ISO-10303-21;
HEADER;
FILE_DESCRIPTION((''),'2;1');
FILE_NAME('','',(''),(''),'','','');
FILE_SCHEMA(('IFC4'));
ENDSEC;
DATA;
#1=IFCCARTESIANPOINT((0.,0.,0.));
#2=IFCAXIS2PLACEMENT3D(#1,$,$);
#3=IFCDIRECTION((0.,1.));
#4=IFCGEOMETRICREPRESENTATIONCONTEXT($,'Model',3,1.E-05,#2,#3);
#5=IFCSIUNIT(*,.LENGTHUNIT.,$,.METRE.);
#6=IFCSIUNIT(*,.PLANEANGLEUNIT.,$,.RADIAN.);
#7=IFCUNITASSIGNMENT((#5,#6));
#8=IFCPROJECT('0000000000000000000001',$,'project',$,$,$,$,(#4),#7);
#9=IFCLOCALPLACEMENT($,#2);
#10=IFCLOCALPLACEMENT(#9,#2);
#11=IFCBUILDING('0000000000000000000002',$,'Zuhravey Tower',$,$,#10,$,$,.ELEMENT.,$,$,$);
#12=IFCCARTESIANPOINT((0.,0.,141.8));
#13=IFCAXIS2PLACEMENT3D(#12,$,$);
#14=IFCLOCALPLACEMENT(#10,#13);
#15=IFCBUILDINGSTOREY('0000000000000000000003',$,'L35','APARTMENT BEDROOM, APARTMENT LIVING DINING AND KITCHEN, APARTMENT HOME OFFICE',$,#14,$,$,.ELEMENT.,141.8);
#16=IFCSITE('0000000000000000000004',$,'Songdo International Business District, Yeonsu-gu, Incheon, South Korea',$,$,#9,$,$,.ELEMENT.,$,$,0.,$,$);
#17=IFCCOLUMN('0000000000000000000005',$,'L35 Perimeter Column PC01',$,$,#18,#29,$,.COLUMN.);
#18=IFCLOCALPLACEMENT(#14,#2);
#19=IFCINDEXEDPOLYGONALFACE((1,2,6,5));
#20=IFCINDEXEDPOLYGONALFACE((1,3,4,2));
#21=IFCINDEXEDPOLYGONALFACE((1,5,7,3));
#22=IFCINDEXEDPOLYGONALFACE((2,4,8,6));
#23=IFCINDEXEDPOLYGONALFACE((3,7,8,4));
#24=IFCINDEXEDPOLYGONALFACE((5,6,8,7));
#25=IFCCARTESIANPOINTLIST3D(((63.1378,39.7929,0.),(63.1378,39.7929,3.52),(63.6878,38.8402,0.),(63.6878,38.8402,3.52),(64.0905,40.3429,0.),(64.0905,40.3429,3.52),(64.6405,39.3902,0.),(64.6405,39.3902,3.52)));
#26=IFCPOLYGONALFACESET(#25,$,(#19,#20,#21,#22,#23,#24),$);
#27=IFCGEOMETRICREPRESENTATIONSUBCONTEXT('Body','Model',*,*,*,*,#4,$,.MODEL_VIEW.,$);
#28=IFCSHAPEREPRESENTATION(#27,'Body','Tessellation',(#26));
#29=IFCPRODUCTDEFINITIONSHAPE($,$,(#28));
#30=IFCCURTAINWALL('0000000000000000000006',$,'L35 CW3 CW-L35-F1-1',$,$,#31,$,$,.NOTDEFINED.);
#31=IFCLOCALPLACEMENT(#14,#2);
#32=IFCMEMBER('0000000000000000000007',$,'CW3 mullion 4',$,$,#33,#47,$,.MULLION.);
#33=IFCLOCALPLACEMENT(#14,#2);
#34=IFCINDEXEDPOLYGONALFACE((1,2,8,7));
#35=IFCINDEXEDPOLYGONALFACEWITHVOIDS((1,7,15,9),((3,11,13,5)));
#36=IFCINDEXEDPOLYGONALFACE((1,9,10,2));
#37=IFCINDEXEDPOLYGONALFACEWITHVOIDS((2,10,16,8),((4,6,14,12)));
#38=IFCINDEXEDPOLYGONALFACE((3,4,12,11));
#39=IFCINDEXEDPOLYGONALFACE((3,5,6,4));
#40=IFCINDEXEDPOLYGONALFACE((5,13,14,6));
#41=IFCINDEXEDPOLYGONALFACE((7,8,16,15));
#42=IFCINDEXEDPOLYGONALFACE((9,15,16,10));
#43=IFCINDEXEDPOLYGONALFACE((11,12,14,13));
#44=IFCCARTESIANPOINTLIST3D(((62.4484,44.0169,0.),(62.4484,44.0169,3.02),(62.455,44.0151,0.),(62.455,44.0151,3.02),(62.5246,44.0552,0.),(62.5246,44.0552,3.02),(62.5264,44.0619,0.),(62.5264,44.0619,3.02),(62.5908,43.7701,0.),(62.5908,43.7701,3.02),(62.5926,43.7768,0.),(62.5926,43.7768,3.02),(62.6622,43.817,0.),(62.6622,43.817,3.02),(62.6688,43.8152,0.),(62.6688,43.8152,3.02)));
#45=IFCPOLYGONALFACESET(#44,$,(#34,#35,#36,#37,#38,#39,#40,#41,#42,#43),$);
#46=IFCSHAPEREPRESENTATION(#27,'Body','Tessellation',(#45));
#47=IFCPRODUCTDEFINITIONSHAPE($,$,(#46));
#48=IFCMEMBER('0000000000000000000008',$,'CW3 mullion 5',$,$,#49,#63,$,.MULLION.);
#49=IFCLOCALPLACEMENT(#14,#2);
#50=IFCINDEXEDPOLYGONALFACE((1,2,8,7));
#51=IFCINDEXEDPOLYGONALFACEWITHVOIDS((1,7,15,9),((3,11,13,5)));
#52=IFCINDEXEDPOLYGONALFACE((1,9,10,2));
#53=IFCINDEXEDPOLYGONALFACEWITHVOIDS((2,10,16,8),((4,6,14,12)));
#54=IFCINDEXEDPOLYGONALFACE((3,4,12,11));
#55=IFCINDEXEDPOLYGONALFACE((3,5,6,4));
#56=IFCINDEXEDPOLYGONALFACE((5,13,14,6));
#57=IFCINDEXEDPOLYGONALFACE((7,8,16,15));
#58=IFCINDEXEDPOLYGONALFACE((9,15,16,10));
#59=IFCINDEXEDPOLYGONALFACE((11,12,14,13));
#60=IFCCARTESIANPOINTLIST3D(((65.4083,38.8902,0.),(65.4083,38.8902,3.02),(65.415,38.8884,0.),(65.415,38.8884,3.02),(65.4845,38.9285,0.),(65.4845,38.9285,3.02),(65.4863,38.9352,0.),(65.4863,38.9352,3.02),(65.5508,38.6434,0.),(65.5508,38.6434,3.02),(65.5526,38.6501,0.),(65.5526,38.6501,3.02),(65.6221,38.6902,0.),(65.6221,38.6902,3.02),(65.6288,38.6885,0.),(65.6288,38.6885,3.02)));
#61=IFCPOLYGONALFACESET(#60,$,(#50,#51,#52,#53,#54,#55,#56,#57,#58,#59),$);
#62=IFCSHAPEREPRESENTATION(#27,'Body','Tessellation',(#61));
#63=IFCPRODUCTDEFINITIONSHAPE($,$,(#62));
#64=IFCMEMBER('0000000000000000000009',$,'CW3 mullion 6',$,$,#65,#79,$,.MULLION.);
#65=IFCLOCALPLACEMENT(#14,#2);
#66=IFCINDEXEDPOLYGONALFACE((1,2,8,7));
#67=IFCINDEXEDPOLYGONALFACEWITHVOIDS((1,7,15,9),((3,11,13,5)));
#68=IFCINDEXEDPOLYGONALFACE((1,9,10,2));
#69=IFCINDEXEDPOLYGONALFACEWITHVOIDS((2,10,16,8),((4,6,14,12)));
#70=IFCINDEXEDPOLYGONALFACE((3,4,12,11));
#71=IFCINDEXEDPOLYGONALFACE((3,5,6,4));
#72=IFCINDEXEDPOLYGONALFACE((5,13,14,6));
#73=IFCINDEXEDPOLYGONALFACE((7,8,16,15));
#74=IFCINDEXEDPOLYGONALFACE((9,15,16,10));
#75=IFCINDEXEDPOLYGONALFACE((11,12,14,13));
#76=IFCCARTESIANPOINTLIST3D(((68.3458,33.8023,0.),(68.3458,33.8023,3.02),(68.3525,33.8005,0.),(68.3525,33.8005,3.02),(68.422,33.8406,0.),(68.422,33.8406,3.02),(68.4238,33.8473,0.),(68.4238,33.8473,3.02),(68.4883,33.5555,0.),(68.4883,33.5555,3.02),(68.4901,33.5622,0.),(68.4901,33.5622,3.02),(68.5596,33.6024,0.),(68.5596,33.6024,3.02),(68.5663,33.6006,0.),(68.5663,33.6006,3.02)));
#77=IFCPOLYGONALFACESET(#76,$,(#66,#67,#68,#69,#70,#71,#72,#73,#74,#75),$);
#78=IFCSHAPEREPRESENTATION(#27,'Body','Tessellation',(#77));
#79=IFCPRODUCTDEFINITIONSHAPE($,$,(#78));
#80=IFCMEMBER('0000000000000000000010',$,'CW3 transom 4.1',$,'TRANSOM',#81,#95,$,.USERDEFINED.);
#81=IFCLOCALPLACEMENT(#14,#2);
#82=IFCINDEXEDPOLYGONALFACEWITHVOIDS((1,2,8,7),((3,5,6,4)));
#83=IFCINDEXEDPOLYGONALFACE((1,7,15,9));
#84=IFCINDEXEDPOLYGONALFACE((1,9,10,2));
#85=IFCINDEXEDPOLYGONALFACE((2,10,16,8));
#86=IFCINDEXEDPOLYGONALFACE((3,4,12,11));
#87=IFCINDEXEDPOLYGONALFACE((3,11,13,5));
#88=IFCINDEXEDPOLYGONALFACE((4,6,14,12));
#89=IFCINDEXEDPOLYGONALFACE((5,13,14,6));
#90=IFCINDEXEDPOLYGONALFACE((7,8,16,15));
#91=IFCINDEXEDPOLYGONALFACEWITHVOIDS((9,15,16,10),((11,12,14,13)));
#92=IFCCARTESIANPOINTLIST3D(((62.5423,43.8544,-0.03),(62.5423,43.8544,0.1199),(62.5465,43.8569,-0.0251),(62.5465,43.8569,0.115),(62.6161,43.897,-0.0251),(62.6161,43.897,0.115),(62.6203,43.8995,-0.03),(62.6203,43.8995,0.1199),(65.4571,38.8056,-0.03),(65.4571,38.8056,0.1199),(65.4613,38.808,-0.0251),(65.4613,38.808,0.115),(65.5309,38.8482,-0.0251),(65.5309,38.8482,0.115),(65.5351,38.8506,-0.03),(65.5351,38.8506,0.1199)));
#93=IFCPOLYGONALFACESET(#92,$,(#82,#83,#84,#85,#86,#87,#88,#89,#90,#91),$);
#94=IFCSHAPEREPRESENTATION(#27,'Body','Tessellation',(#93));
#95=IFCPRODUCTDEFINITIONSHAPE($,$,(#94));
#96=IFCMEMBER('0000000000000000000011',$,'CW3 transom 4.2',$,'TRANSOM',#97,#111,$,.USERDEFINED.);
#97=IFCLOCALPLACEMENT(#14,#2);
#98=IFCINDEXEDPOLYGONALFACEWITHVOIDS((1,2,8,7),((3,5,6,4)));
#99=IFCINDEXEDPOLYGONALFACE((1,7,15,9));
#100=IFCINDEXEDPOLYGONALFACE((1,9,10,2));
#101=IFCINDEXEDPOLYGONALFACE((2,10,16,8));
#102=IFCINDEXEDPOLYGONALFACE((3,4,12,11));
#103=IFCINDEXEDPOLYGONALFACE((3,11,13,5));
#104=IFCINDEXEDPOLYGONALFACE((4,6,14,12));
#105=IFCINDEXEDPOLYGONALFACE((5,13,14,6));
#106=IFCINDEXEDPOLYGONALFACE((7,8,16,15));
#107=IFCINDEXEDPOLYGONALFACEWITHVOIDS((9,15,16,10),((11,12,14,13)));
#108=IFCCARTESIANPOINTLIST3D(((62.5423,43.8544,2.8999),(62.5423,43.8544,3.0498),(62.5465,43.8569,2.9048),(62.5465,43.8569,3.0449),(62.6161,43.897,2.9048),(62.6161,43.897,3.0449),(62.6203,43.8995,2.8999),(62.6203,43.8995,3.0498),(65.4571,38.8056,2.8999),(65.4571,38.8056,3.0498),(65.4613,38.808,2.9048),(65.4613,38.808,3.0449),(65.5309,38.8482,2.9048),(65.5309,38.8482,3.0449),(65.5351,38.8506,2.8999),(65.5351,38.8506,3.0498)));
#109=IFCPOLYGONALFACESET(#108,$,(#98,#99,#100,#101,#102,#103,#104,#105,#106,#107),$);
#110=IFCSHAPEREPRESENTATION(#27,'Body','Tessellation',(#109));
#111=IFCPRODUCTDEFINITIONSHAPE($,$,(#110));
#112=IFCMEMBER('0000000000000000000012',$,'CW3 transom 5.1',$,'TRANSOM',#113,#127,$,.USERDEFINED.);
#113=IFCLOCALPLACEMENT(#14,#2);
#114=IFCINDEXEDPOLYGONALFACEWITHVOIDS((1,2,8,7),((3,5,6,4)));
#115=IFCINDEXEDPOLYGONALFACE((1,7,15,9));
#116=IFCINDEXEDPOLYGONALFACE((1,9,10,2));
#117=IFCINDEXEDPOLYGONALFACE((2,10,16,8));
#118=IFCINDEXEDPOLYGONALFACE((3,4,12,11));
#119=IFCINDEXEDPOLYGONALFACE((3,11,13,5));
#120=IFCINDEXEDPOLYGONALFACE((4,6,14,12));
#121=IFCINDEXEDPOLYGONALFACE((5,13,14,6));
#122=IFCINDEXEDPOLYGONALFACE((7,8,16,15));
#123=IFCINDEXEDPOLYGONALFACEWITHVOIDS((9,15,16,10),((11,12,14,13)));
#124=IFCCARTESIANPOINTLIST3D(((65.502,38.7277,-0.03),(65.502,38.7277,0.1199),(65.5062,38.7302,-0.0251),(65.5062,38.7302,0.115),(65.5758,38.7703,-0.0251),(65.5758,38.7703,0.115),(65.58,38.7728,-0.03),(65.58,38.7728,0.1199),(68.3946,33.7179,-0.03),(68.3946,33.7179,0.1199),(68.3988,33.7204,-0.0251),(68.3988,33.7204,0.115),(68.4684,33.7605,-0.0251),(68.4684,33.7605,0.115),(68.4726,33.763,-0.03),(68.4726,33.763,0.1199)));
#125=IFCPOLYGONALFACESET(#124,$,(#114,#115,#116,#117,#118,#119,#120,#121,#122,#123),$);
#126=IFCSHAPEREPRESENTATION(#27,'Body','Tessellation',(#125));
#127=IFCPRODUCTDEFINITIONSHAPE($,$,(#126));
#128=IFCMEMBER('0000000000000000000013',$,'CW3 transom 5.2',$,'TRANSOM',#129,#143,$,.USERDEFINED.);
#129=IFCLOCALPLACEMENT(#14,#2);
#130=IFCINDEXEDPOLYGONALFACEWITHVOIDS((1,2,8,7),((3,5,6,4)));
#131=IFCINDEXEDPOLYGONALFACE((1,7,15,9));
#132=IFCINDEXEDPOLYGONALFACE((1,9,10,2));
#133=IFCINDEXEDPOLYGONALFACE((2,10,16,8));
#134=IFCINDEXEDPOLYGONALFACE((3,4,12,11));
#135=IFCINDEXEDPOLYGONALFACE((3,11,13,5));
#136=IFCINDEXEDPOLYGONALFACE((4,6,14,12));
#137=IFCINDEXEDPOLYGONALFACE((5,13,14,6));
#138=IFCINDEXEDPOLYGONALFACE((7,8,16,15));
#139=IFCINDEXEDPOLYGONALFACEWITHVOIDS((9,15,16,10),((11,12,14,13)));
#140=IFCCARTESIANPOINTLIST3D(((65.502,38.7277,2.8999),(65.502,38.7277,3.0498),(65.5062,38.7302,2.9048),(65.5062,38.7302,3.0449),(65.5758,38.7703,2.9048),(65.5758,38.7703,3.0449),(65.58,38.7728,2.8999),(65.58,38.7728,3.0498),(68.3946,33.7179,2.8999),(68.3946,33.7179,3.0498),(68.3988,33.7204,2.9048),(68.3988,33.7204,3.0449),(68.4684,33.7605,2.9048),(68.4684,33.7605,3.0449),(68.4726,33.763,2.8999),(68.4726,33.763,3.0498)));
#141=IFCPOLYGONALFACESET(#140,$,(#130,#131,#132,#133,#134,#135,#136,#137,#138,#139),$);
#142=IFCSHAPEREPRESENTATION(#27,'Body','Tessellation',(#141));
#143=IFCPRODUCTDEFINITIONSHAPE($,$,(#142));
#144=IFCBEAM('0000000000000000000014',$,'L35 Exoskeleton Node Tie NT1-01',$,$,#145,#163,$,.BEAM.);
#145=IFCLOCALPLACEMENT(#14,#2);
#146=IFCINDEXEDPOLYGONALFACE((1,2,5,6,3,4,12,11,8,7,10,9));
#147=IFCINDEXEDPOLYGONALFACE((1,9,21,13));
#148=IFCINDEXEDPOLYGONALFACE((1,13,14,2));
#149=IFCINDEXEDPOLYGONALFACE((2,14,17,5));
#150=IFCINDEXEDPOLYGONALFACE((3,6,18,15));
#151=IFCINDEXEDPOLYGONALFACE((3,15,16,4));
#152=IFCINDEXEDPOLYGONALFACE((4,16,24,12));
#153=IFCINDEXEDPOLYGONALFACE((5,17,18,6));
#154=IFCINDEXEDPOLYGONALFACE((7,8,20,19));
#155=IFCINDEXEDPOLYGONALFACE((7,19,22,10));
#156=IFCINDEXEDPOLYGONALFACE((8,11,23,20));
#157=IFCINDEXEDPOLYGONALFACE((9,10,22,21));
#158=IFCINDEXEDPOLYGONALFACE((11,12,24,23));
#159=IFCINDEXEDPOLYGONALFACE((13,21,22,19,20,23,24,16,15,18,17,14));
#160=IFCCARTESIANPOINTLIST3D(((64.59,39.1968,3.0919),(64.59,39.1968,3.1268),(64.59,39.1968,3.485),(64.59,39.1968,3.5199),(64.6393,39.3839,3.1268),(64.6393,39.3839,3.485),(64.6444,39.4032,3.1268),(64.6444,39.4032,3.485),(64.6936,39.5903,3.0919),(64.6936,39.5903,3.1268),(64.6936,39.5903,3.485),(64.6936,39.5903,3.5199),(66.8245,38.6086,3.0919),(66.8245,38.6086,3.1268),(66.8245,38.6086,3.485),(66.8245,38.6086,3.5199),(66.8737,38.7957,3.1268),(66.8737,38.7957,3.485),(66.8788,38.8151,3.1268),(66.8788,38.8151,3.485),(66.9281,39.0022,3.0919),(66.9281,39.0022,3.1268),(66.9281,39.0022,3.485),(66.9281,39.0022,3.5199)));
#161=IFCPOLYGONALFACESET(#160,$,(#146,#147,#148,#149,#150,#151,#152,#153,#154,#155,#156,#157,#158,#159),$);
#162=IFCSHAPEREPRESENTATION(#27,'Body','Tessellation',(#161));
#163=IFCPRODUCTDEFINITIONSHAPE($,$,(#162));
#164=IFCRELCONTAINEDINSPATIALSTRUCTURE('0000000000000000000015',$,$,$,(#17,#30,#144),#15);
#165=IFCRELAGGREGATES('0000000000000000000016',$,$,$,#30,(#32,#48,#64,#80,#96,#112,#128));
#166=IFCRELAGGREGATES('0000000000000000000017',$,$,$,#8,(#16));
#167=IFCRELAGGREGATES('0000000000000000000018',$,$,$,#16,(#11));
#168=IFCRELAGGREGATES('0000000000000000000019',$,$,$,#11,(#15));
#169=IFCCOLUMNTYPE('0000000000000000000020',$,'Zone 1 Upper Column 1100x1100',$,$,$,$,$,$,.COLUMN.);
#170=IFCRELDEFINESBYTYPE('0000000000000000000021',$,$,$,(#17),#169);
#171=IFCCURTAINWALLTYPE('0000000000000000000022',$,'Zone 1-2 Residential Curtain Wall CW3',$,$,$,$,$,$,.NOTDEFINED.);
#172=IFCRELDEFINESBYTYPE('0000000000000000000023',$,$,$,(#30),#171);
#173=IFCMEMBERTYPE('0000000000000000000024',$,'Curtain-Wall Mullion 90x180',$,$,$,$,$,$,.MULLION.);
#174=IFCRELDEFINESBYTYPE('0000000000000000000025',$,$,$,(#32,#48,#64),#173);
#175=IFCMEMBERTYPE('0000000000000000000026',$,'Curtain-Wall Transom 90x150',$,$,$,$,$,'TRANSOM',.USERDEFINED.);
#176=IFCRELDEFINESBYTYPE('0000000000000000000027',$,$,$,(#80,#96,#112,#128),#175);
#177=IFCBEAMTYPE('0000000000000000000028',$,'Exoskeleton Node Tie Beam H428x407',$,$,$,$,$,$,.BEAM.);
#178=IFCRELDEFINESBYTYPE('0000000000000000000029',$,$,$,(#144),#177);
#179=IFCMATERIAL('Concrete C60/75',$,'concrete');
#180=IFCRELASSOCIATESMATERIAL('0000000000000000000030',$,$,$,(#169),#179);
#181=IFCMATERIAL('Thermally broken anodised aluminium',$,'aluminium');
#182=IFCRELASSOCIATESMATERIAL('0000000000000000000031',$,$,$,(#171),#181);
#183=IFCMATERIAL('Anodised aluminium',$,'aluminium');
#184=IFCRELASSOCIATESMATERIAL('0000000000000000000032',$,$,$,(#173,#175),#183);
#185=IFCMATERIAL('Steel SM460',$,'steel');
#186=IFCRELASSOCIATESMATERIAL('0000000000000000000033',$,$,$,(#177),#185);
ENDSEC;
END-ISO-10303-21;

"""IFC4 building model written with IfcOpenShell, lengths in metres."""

from ifc_helpers import new_model, si_unit, direction, frame, origin, origin_2d, place, context, subcontext, project, spatial, rectangle, hollow_rectangle, i_section, extrude, material, material_profile, profile_set, type_object, element, aggregate, save


model = new_model("IFC4")

# Units and contexts
model_context = context("Model", 3, precision=1e-05, world=origin(), true_north=direction((0.0, 1.0)))
body_context = subcontext(model_context, "Body", "Model", "MODEL_VIEW")
ifc_project = project(units=[si_unit("LENGTHUNIT", "METRE"), si_unit("PLANEANGLEUNIT", "RADIAN")], contexts=[model_context])

# Site, building, storey
site_placement = place(None, origin())
site = spatial("IfcSite", under=ifc_project, at=site_placement, Name="Songdo International Business District, Yeonsu-gu, Incheon, South Korea", CompositionType="ELEMENT", RefElevation=0.0)
building_placement = place(site_placement, origin())
building = spatial("IfcBuilding", under=site, at=building_placement, Name="Zuhravey Tower", CompositionType="ELEMENT")
storey_placement = place(building_placement, frame((0.0, 0.0, 141.8)))
storey = spatial("IfcBuildingStorey", under=building, at=storey_placement, Name="L35", Description="APARTMENT BEDROOM, APARTMENT LIVING DINING AND KITCHEN, APARTMENT HOME OFFICE", CompositionType="ELEMENT", Elevation=141.8)

# Column
ifc_material_1 = material(Name="Concrete C60/75", Category="concrete")
ifc_material_profile_1 = material_profile(ifc_material_1, rectangle(XDim=1.1001, YDim=1.1001, at=origin_2d()), Name="RC-1100x1100")
ifc_profile_set_1 = profile_set([ifc_material_profile_1], Name="Concrete C60/75")
column_type = type_object("IfcColumnType", Name="Zone 1 Upper Column 1100x1100", PredefinedType="COLUMN", material=ifc_profile_set_1)
column_placement = place(storey_placement, frame((63.8892, 39.5916, 0.0), z_axis=(0.0, 0.0, 1.0), x_axis=(-0.5, 0.866025, 0.0)))
element("IfcColumn", 1, at=column_placement, inside=storey, type_object=column_type, Name="L35 Perimeter Column PC01", PredefinedType="COLUMN", context=body_context, shape_type="SweptSolid", body=[
    extrude(rectangle(XDim=1.1001, YDim=1.1001, at=origin_2d()), origin(), (0.0, 0.0, 1.0), 3.52),
])

# Curtain wall, members
ifc_material_2 = material(Name="Thermally broken anodised aluminium", Category="aluminium")
curtain_wall_type = type_object("IfcCurtainWallType", Name="Zone 1-2 Residential Curtain Wall CW3", PredefinedType="NOTDEFINED", material=ifc_material_2)
curtain_wall_placement = place(storey_placement, origin())
curtain_wall = element("IfcCurtainWall", 2, at=curtain_wall_placement, inside=storey, type_object=curtain_wall_type, Name="L35 CW3 CW-L35-F1-1", PredefinedType="NOTDEFINED")
ifc_material_3 = material(Name="Anodised aluminium", Category="aluminium")
ifc_material_profile_2 = material_profile(ifc_material_3, hollow_rectangle(XDim=0.0901, YDim=0.2849, WallThickness=0.0049, at=origin_2d()), Name="ALU-RHS-90x285x5")
ifc_profile_set_2 = profile_set([ifc_material_profile_2], Name="Anodised aluminium")
member_type_1 = type_object("IfcMemberType", Name="Curtain-Wall Mullion 90x180", PredefinedType="MULLION", material=ifc_profile_set_2)
member_1_placement = place(storey_placement, frame((62.5586, 43.916, 0.0), z_axis=(0.0, 0.0, 1.0), x_axis=(0.866026, 0.5, 0.0)))
member_1 = element("IfcMember", 3, at=member_1_placement, type_object=member_type_1, Name="CW3 mullion 4", PredefinedType="MULLION", context=body_context, shape_type="SweptSolid", body=[
    extrude(hollow_rectangle(XDim=0.0901, YDim=0.2849, WallThickness=0.0049, at=origin_2d()), origin(), (0.0, 0.0, 1.0), 3.02),
])
member_2_placement = place(storey_placement, frame((65.5186, 38.7893, 0.0), z_axis=(0.0, 0.0, 1.0), x_axis=(0.866026, 0.5, 0.0)))
member_2 = element("IfcMember", 4, at=member_2_placement, type_object=member_type_1, Name="CW3 mullion 5", PredefinedType="MULLION", context=body_context, shape_type="SweptSolid", body=[
    extrude(hollow_rectangle(XDim=0.0901, YDim=0.2849, WallThickness=0.0049, at=origin_2d()), origin(), (0.0, 0.0, 1.0), 3.02),
])
member_3_placement = place(storey_placement, frame((68.4561, 33.7014, 0.0), z_axis=(0.0, 0.0, 1.0), x_axis=(0.866026, 0.5, 0.0)))
member_3 = element("IfcMember", 5, at=member_3_placement, type_object=member_type_1, Name="CW3 mullion 6", PredefinedType="MULLION", context=body_context, shape_type="SweptSolid", body=[
    extrude(hollow_rectangle(XDim=0.0901, YDim=0.2849, WallThickness=0.0049, at=origin_2d()), origin(), (0.0, 0.0, 1.0), 3.02),
])
ifc_material_profile_3 = material_profile(ifc_material_3, hollow_rectangle(XDim=0.0901, YDim=0.1499, WallThickness=0.0049, at=origin_2d()), Name="ALU-RHS-90x150x5")
ifc_profile_set_3 = profile_set([ifc_material_profile_3], Name="Anodised aluminium")
member_type_2 = type_object("IfcMemberType", Name="Curtain-Wall Transom 90x150", ElementType="TRANSOM", PredefinedType="USERDEFINED", material=ifc_profile_set_3)
member_4_placement = place(storey_placement, frame((62.5813, 43.877, 0.0449), z_axis=(0.499981, -0.866036, 0.0), x_axis=(0.866036, 0.499981, 0.0)))
member_4 = element("IfcMember", 6, at=member_4_placement, type_object=member_type_2, Name="CW3 transom 4.1", ObjectType="TRANSOM", PredefinedType="USERDEFINED", context=body_context, shape_type="SweptSolid", body=[
    extrude(hollow_rectangle(XDim=0.0901, YDim=0.1499, WallThickness=0.0049, at=origin_2d()), origin(), (0.0, 0.0, 1.0), 5.8298),
])
member_5_placement = place(storey_placement, frame((62.5813, 43.877, 2.9749), z_axis=(0.499981, -0.866036, 0.0), x_axis=(0.866036, 0.499981, 0.0)))
member_5 = element("IfcMember", 7, at=member_5_placement, type_object=member_type_2, Name="CW3 transom 4.2", ObjectType="TRANSOM", PredefinedType="USERDEFINED", context=body_context, shape_type="SweptSolid", body=[
    extrude(hollow_rectangle(XDim=0.0901, YDim=0.1499, WallThickness=0.0049, at=origin_2d()), origin(), (0.0, 0.0, 1.0), 5.8298),
])
member_6_placement = place(storey_placement, frame((65.541, 38.7502, 0.0449), z_axis=(0.500024, -0.866011, 0.0), x_axis=(0.866011, 0.500024, 0.0)))
member_6 = element("IfcMember", 8, at=member_6_placement, type_object=member_type_2, Name="CW3 transom 5.1", ObjectType="TRANSOM", PredefinedType="USERDEFINED", context=body_context, shape_type="SweptSolid", body=[
    extrude(hollow_rectangle(XDim=0.0901, YDim=0.1499, WallThickness=0.0049, at=origin_2d()), origin(), (0.0, 0.0, 1.0), 5.7849),
])
member_7_placement = place(storey_placement, frame((65.541, 38.7502, 2.9749), z_axis=(0.500024, -0.866011, 0.0), x_axis=(0.866011, 0.500024, 0.0)))
member_7 = element("IfcMember", 9, at=member_7_placement, type_object=member_type_2, Name="CW3 transom 5.2", ObjectType="TRANSOM", PredefinedType="USERDEFINED", context=body_context, shape_type="SweptSolid", body=[
    extrude(hollow_rectangle(XDim=0.0901, YDim=0.1499, WallThickness=0.0049, at=origin_2d()), origin(), (0.0, 0.0, 1.0), 5.7849),
])

# Beam
ifc_material_4 = material(Name="Steel SM460", Category="steel")
ifc_material_profile_4 = material_profile(ifc_material_4, i_section(OverallWidth=0.407, OverallDepth=0.428, WebThickness=0.02, FlangeThickness=0.0349, at=origin_2d()), Name="H-428x407x20x35")
ifc_profile_set_4 = profile_set([ifc_material_profile_4], Name="Steel SM460")
beam_type_1 = type_object("IfcBeamType", Name="Exoskeleton Node Tie Beam H428x407", PredefinedType="BEAM", material=ifc_profile_set_4)
beam_1_placement = place(storey_placement, frame((64.6418, 39.3936, 3.3059), z_axis=(0.967059, -0.254551, 0.0), x_axis=(0.254551, 0.967059, 0.0)))
element("IfcBeam", 10, at=beam_1_placement, inside=storey, type_object=beam_type_1, Name="L35 Exoskeleton Node Tie NT1-01", PredefinedType="BEAM", context=body_context, shape_type="SweptSolid", body=[
    extrude(i_section(OverallWidth=0.407, OverallDepth=0.428, WebThickness=0.02, FlangeThickness=0.0349, at=origin_2d()), origin(), (0.0, 0.0, 1.0), 2.3105),
])

aggregate(curtain_wall, [member_1, member_2, member_3, member_4, member_5, member_6, member_7])

save(model, "model.ifc")
